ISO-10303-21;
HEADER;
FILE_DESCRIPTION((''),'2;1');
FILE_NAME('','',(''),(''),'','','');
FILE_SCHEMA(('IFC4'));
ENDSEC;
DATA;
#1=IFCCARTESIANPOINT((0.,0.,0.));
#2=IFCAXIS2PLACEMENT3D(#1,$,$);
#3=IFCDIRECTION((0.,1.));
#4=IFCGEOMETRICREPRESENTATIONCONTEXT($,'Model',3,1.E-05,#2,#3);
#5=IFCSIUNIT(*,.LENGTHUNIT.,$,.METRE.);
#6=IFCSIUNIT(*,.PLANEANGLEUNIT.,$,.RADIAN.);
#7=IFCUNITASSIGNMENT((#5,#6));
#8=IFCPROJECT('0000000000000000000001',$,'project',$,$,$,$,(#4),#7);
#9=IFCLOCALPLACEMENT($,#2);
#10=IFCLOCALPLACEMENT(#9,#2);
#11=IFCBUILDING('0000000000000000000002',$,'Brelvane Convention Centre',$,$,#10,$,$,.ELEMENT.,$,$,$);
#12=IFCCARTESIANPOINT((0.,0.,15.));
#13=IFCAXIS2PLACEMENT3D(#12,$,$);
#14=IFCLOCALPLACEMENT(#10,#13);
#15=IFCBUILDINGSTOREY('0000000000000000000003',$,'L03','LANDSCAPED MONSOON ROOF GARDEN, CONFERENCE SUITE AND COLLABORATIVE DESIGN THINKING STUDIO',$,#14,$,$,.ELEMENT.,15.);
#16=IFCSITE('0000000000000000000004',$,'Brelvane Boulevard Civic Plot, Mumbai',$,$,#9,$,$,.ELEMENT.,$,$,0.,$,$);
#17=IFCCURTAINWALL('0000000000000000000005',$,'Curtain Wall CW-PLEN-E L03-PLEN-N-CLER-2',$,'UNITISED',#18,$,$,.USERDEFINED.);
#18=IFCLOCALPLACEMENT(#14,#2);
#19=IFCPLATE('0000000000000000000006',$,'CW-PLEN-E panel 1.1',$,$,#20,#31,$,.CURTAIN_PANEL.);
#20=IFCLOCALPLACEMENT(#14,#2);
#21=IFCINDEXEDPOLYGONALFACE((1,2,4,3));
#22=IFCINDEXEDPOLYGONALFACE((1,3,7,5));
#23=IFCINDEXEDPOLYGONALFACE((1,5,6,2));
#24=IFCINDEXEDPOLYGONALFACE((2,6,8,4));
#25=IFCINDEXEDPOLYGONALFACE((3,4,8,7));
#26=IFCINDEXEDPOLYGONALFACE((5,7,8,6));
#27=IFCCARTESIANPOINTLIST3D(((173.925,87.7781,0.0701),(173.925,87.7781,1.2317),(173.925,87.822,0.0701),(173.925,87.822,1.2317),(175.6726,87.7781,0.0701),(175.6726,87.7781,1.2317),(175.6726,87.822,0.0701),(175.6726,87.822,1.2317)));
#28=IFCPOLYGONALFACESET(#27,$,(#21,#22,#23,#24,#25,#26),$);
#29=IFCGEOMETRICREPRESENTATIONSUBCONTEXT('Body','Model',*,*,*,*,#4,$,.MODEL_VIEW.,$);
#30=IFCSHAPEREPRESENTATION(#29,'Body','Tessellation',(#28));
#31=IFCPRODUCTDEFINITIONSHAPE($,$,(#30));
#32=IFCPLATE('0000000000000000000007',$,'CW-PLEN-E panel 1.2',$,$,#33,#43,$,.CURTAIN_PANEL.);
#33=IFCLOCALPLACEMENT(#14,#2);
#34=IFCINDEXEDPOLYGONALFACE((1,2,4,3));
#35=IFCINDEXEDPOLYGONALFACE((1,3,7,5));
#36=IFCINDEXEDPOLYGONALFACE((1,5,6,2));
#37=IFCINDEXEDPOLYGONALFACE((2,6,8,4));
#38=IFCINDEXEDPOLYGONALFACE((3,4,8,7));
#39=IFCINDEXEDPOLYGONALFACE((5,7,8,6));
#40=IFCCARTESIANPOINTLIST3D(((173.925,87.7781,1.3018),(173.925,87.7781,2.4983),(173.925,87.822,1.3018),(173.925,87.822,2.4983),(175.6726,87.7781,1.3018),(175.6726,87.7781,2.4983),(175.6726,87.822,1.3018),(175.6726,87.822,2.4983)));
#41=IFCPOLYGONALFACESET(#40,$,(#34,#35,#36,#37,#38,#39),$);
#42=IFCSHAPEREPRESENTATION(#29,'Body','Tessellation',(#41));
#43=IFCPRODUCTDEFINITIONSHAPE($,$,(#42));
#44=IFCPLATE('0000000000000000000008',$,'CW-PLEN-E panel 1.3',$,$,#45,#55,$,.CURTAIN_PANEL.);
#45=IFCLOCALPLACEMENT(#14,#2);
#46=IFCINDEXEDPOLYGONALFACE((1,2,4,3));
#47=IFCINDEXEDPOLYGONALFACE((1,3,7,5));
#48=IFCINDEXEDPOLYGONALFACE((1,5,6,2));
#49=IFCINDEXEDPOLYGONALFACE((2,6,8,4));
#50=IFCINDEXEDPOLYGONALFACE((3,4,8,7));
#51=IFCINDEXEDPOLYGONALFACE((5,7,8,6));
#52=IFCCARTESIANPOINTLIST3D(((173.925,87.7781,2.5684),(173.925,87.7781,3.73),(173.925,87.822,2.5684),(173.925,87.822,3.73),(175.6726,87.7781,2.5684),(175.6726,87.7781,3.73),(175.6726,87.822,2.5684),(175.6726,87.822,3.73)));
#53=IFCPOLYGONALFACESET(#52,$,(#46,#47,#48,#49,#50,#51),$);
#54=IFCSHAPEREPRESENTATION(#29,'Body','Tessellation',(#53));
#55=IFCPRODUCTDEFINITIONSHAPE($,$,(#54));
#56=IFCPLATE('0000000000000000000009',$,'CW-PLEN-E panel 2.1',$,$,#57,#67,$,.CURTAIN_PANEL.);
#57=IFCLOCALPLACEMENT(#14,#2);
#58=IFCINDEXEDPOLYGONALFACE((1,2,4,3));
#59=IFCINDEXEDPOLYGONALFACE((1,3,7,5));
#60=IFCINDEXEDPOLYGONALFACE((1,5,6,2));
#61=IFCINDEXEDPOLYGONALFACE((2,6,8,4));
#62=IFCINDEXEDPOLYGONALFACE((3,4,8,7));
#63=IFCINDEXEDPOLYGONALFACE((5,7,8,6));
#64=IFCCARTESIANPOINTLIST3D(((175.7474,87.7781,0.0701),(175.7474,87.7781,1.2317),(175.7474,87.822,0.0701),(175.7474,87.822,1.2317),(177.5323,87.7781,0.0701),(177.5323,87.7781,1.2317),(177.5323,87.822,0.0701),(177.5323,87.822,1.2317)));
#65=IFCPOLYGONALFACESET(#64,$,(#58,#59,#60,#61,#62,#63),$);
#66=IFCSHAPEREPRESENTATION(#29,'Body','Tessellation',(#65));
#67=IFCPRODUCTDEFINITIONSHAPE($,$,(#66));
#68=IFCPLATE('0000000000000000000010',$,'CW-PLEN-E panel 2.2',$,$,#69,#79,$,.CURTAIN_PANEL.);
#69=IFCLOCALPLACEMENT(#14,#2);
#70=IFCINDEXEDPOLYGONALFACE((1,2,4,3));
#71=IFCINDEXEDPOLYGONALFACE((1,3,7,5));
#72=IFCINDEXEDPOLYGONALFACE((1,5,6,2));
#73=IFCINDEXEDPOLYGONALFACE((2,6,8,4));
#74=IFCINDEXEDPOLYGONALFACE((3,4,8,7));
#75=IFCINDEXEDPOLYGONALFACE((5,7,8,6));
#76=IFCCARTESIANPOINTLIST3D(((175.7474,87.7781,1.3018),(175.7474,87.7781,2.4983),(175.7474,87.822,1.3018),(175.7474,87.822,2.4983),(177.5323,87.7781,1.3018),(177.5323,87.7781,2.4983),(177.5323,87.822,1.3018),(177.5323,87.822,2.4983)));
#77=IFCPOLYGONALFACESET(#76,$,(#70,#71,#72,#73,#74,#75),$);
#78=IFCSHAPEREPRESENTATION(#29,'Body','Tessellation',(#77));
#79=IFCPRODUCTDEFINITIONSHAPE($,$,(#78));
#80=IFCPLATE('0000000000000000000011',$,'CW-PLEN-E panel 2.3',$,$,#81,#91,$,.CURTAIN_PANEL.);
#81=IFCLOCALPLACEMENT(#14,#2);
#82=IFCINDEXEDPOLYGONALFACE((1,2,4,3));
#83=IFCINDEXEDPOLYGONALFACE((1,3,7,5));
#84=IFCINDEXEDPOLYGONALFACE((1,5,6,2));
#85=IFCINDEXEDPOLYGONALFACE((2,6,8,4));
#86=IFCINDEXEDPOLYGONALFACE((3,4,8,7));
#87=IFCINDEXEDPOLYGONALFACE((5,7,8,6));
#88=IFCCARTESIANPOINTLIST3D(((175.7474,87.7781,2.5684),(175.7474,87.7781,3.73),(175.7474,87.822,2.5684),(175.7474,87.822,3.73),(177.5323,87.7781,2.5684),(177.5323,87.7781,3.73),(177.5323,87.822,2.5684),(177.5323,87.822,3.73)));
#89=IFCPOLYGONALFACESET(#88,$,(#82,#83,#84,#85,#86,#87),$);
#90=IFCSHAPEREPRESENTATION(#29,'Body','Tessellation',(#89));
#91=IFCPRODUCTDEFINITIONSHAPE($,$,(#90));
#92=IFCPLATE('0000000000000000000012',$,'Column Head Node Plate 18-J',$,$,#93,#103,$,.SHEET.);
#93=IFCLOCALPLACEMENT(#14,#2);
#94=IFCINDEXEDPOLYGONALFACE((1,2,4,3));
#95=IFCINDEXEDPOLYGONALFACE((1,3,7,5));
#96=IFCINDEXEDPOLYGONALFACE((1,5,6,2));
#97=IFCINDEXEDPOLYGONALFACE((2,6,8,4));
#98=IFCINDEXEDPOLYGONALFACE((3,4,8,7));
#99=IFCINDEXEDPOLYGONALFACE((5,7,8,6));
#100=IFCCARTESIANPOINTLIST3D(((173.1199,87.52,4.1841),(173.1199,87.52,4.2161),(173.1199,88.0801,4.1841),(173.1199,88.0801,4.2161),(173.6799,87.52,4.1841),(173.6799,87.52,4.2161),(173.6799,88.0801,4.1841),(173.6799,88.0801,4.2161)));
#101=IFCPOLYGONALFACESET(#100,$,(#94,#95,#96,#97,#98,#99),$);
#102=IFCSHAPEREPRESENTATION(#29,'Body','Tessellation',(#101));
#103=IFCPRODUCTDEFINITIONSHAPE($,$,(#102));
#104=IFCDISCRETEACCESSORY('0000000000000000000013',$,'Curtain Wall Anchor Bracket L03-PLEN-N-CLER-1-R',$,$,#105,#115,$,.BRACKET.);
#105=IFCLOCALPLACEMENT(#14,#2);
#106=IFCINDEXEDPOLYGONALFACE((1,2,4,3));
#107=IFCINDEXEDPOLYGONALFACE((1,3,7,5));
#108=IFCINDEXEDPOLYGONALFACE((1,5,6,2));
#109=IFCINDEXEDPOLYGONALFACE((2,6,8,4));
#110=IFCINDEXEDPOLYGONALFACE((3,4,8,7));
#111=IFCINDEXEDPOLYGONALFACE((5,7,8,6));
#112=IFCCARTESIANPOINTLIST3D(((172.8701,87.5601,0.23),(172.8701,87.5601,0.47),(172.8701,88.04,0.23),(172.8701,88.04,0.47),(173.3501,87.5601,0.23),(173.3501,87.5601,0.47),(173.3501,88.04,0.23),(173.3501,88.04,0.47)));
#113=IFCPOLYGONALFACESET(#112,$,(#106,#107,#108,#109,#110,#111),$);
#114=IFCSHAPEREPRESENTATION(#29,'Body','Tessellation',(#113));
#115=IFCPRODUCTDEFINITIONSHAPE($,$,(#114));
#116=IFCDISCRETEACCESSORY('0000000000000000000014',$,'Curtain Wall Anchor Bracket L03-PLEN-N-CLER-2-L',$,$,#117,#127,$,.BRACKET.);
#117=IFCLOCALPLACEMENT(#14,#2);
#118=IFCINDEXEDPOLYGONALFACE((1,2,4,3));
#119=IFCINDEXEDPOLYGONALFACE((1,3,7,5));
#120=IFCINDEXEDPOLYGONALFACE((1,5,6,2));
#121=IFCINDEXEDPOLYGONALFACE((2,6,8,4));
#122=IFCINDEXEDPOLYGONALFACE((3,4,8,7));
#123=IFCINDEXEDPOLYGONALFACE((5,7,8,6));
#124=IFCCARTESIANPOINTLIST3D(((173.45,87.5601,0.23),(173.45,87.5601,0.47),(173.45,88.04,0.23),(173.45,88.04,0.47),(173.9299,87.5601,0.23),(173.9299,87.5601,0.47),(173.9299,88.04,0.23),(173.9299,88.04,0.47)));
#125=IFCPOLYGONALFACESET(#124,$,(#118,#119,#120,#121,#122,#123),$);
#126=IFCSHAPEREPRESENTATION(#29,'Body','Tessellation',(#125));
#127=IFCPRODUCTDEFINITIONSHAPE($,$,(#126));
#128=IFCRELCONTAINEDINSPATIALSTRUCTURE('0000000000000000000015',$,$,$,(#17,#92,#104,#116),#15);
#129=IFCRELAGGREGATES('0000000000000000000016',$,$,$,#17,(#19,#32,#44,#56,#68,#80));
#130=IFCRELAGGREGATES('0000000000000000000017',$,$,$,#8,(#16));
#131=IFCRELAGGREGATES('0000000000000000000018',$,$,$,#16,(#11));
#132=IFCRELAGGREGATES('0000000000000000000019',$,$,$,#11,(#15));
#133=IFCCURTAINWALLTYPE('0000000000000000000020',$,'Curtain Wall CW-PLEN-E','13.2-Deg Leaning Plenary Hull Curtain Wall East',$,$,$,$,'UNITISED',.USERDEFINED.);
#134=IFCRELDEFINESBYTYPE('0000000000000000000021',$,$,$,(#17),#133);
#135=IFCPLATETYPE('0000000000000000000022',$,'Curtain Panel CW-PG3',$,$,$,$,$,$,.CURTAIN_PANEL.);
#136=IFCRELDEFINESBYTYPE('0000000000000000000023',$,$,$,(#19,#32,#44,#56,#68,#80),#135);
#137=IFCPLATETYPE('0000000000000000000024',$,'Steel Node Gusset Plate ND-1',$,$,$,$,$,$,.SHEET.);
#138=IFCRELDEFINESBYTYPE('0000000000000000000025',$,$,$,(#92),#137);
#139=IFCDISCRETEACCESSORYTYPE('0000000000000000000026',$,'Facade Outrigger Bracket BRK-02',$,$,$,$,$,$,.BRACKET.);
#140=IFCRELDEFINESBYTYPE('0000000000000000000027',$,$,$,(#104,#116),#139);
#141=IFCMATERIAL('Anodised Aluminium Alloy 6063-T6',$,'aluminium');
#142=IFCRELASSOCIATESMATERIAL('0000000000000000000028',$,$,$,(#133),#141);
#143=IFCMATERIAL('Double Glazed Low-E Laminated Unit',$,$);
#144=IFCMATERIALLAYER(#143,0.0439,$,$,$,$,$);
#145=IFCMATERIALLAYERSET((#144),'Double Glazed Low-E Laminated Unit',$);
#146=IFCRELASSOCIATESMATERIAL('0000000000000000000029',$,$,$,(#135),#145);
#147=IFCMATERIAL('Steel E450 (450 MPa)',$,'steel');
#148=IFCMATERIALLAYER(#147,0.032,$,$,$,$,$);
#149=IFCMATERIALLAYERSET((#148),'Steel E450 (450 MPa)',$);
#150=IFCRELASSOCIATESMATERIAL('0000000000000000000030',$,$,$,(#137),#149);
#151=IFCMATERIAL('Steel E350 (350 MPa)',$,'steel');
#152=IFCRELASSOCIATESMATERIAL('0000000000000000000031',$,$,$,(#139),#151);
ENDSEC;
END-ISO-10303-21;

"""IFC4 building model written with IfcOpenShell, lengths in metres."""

from ifc_helpers import new_model, si_unit, direction, frame, origin, origin_2d, place, context, subcontext, project, spatial, rectangle, extrude, material, layer, layer_set, type_object, element, aggregate, save


model = new_model("IFC4")

# Units and contexts
model_context = context("Model", 3, precision=1e-05, world=origin(), true_north=direction((0.0, 1.0)))
body_context = subcontext(model_context, "Body", "Model", "MODEL_VIEW")
ifc_project = project(units=[si_unit("LENGTHUNIT", "METRE"), si_unit("PLANEANGLEUNIT", "RADIAN")], contexts=[model_context])

# Site, building, storey
site_placement = place(None, origin())
site = spatial("IfcSite", under=ifc_project, at=site_placement, Name="Brelvane Boulevard Civic Plot, Mumbai", CompositionType="ELEMENT", RefElevation=0.0)
building_placement = place(site_placement, origin())
building = spatial("IfcBuilding", under=site, at=building_placement, Name="Brelvane Convention Centre", CompositionType="ELEMENT")
storey_placement = place(building_placement, frame((0.0, 0.0, 15.0)))
storey = spatial("IfcBuildingStorey", under=building, at=storey_placement, Name="L03", Description="LANDSCAPED MONSOON ROOF GARDEN, CONFERENCE SUITE AND COLLABORATIVE DESIGN THINKING STUDIO", CompositionType="ELEMENT", Elevation=15.0)

# Curtain wall
ifc_material_1 = material(Name="Anodised Aluminium Alloy 6063-T6", Category="aluminium")
curtain_wall_type = type_object("IfcCurtainWallType", Name="Curtain Wall CW-PLEN-E", Description="13.2-Deg Leaning Plenary Hull Curtain Wall East", ElementType="UNITISED", PredefinedType="USERDEFINED", material=ifc_material_1)
curtain_wall_1_placement = place(storey_placement, origin())
curtain_wall_1 = element("IfcCurtainWall", 1, at=curtain_wall_1_placement, inside=storey, type_object=curtain_wall_type, Name="Curtain Wall CW-PLEN-E L03-PLEN-N-CLER-2", ObjectType="UNITISED", PredefinedType="USERDEFINED")

# Plates
ifc_material_2 = material(Name="Double Glazed Low-E Laminated Unit")
ifc_layer_1 = layer(ifc_material_2, 0.0439)
ifc_layer_set_1 = layer_set([ifc_layer_1], Name="Double Glazed Low-E Laminated Unit")
plate_type_1 = type_object("IfcPlateType", Name="Curtain Panel CW-PG3", PredefinedType="CURTAIN_PANEL", material=ifc_layer_set_1)
plate_1_placement = place(storey_placement, frame((174.7988, 87.8, 0.0701), z_axis=(0.0, 0.0, 1.0), x_axis=(1.0, 0.0, 0.0)))
plate_1 = element("IfcPlate", 2, at=plate_1_placement, type_object=plate_type_1, Name="CW-PLEN-E panel 1.1", PredefinedType="CURTAIN_PANEL", context=body_context, shape_type="SweptSolid", body=[
    extrude(rectangle(XDim=1.7476, YDim=0.0439, at=origin_2d()), origin(), (0.0, 0.0, 1.0), 1.1616),
])
plate_2_placement = place(storey_placement, frame((174.7988, 87.8, 1.3018), z_axis=(0.0, 0.0, 1.0), x_axis=(1.0, 0.0, 0.0)))
plate_2 = element("IfcPlate", 3, at=plate_2_placement, type_object=plate_type_1, Name="CW-PLEN-E panel 1.2", PredefinedType="CURTAIN_PANEL", context=body_context, shape_type="SweptSolid", body=[
    extrude(rectangle(XDim=1.7476, YDim=0.0439, at=origin_2d()), origin(), (0.0, 0.0, 1.0), 1.1965),
])
plate_3_placement = place(storey_placement, frame((174.7988, 87.8, 2.5684), z_axis=(0.0, 0.0, 1.0), x_axis=(1.0, 0.0, 0.0)))
plate_3 = element("IfcPlate", 4, at=plate_3_placement, type_object=plate_type_1, Name="CW-PLEN-E panel 1.3", PredefinedType="CURTAIN_PANEL", context=body_context, shape_type="SweptSolid", body=[
    extrude(rectangle(XDim=1.7476, YDim=0.0439, at=origin_2d()), origin(), (0.0, 0.0, 1.0), 1.1616),
])
plate_4_placement = place(storey_placement, frame((176.6399, 87.8, 0.0701), z_axis=(0.0, 0.0, 1.0), x_axis=(1.0, 0.0, 0.0)))
plate_4 = element("IfcPlate", 5, at=plate_4_placement, type_object=plate_type_1, Name="CW-PLEN-E panel 2.1", PredefinedType="CURTAIN_PANEL", context=body_context, shape_type="SweptSolid", body=[
    extrude(rectangle(XDim=1.7849, YDim=0.0439, at=origin_2d()), origin(), (0.0, 0.0, 1.0), 1.1616),
])
plate_5_placement = place(storey_placement, frame((176.6399, 87.8, 1.3018), z_axis=(0.0, 0.0, 1.0), x_axis=(1.0, 0.0, 0.0)))
plate_5 = element("IfcPlate", 6, at=plate_5_placement, type_object=plate_type_1, Name="CW-PLEN-E panel 2.2", PredefinedType="CURTAIN_PANEL", context=body_context, shape_type="SweptSolid", body=[
    extrude(rectangle(XDim=1.7849, YDim=0.0439, at=origin_2d()), origin(), (0.0, 0.0, 1.0), 1.1965),
])
plate_6_placement = place(storey_placement, frame((176.6399, 87.8, 2.5684), z_axis=(0.0, 0.0, 1.0), x_axis=(1.0, 0.0, 0.0)))
plate_6 = element("IfcPlate", 7, at=plate_6_placement, type_object=plate_type_1, Name="CW-PLEN-E panel 2.3", PredefinedType="CURTAIN_PANEL", context=body_context, shape_type="SweptSolid", body=[
    extrude(rectangle(XDim=1.7849, YDim=0.0439, at=origin_2d()), origin(), (0.0, 0.0, 1.0), 1.1616),
])
aggregate(curtain_wall_1, [plate_1, plate_2, plate_3, plate_4, plate_5, plate_6])
ifc_material_3 = material(Name="Steel E450 (450 MPa)", Category="steel")
ifc_layer_2 = layer(ifc_material_3, 0.032)
ifc_layer_set_2 = layer_set([ifc_layer_2], Name="Steel E450 (450 MPa)")
plate_type_2 = type_object("IfcPlateType", Name="Steel Node Gusset Plate ND-1", PredefinedType="SHEET", material=ifc_layer_set_2)
plate_7_placement = place(storey_placement, frame((173.3999, 87.8, 4.1841), z_axis=(0.0, 0.0, 1.0), x_axis=(1.0, 0.0, 0.0)))
element("IfcPlate", 8, at=plate_7_placement, inside=storey, type_object=plate_type_2, Name="Column Head Node Plate 18-J", PredefinedType="SHEET", context=body_context, shape_type="SweptSolid", body=[
    extrude(rectangle(XDim=0.5601, YDim=0.5601, at=origin_2d()), origin(), (0.0, 0.0, 1.0), 0.032),
])

# Discrete accessories
ifc_material_4 = material(Name="Steel E350 (350 MPa)", Category="steel")
discrete_accessory_type = type_object("IfcDiscreteAccessoryType", Name="Facade Outrigger Bracket BRK-02", PredefinedType="BRACKET", material=ifc_material_4)
for number, where, z_axis, x_axis, name in (
    (9, (173.1101, 87.8, 0.23), (0.0, 0.0, 1.0), (1.0, 0.0, 0.0), "Curtain Wall Anchor Bracket L03-PLEN-N-CLER-1-R"),
    (10, (173.6899, 87.8, 0.23), (0.0, 0.0, 1.0), (1.0, 0.0, 0.0), "Curtain Wall Anchor Bracket L03-PLEN-N-CLER-2-L"),
):
    element("IfcDiscreteAccessory", number, at=place(storey_placement, frame(where, z_axis=z_axis, x_axis=x_axis)), inside=storey, type_object=discrete_accessory_type, Name=name, PredefinedType="BRACKET", context=body_context, shape_type="SweptSolid", body=[
        extrude(rectangle(XDim=0.48, YDim=0.48, at=origin_2d()), origin(), (0.0, 0.0, 1.0), 0.24),
    ])

save(model, "model.ifc")
